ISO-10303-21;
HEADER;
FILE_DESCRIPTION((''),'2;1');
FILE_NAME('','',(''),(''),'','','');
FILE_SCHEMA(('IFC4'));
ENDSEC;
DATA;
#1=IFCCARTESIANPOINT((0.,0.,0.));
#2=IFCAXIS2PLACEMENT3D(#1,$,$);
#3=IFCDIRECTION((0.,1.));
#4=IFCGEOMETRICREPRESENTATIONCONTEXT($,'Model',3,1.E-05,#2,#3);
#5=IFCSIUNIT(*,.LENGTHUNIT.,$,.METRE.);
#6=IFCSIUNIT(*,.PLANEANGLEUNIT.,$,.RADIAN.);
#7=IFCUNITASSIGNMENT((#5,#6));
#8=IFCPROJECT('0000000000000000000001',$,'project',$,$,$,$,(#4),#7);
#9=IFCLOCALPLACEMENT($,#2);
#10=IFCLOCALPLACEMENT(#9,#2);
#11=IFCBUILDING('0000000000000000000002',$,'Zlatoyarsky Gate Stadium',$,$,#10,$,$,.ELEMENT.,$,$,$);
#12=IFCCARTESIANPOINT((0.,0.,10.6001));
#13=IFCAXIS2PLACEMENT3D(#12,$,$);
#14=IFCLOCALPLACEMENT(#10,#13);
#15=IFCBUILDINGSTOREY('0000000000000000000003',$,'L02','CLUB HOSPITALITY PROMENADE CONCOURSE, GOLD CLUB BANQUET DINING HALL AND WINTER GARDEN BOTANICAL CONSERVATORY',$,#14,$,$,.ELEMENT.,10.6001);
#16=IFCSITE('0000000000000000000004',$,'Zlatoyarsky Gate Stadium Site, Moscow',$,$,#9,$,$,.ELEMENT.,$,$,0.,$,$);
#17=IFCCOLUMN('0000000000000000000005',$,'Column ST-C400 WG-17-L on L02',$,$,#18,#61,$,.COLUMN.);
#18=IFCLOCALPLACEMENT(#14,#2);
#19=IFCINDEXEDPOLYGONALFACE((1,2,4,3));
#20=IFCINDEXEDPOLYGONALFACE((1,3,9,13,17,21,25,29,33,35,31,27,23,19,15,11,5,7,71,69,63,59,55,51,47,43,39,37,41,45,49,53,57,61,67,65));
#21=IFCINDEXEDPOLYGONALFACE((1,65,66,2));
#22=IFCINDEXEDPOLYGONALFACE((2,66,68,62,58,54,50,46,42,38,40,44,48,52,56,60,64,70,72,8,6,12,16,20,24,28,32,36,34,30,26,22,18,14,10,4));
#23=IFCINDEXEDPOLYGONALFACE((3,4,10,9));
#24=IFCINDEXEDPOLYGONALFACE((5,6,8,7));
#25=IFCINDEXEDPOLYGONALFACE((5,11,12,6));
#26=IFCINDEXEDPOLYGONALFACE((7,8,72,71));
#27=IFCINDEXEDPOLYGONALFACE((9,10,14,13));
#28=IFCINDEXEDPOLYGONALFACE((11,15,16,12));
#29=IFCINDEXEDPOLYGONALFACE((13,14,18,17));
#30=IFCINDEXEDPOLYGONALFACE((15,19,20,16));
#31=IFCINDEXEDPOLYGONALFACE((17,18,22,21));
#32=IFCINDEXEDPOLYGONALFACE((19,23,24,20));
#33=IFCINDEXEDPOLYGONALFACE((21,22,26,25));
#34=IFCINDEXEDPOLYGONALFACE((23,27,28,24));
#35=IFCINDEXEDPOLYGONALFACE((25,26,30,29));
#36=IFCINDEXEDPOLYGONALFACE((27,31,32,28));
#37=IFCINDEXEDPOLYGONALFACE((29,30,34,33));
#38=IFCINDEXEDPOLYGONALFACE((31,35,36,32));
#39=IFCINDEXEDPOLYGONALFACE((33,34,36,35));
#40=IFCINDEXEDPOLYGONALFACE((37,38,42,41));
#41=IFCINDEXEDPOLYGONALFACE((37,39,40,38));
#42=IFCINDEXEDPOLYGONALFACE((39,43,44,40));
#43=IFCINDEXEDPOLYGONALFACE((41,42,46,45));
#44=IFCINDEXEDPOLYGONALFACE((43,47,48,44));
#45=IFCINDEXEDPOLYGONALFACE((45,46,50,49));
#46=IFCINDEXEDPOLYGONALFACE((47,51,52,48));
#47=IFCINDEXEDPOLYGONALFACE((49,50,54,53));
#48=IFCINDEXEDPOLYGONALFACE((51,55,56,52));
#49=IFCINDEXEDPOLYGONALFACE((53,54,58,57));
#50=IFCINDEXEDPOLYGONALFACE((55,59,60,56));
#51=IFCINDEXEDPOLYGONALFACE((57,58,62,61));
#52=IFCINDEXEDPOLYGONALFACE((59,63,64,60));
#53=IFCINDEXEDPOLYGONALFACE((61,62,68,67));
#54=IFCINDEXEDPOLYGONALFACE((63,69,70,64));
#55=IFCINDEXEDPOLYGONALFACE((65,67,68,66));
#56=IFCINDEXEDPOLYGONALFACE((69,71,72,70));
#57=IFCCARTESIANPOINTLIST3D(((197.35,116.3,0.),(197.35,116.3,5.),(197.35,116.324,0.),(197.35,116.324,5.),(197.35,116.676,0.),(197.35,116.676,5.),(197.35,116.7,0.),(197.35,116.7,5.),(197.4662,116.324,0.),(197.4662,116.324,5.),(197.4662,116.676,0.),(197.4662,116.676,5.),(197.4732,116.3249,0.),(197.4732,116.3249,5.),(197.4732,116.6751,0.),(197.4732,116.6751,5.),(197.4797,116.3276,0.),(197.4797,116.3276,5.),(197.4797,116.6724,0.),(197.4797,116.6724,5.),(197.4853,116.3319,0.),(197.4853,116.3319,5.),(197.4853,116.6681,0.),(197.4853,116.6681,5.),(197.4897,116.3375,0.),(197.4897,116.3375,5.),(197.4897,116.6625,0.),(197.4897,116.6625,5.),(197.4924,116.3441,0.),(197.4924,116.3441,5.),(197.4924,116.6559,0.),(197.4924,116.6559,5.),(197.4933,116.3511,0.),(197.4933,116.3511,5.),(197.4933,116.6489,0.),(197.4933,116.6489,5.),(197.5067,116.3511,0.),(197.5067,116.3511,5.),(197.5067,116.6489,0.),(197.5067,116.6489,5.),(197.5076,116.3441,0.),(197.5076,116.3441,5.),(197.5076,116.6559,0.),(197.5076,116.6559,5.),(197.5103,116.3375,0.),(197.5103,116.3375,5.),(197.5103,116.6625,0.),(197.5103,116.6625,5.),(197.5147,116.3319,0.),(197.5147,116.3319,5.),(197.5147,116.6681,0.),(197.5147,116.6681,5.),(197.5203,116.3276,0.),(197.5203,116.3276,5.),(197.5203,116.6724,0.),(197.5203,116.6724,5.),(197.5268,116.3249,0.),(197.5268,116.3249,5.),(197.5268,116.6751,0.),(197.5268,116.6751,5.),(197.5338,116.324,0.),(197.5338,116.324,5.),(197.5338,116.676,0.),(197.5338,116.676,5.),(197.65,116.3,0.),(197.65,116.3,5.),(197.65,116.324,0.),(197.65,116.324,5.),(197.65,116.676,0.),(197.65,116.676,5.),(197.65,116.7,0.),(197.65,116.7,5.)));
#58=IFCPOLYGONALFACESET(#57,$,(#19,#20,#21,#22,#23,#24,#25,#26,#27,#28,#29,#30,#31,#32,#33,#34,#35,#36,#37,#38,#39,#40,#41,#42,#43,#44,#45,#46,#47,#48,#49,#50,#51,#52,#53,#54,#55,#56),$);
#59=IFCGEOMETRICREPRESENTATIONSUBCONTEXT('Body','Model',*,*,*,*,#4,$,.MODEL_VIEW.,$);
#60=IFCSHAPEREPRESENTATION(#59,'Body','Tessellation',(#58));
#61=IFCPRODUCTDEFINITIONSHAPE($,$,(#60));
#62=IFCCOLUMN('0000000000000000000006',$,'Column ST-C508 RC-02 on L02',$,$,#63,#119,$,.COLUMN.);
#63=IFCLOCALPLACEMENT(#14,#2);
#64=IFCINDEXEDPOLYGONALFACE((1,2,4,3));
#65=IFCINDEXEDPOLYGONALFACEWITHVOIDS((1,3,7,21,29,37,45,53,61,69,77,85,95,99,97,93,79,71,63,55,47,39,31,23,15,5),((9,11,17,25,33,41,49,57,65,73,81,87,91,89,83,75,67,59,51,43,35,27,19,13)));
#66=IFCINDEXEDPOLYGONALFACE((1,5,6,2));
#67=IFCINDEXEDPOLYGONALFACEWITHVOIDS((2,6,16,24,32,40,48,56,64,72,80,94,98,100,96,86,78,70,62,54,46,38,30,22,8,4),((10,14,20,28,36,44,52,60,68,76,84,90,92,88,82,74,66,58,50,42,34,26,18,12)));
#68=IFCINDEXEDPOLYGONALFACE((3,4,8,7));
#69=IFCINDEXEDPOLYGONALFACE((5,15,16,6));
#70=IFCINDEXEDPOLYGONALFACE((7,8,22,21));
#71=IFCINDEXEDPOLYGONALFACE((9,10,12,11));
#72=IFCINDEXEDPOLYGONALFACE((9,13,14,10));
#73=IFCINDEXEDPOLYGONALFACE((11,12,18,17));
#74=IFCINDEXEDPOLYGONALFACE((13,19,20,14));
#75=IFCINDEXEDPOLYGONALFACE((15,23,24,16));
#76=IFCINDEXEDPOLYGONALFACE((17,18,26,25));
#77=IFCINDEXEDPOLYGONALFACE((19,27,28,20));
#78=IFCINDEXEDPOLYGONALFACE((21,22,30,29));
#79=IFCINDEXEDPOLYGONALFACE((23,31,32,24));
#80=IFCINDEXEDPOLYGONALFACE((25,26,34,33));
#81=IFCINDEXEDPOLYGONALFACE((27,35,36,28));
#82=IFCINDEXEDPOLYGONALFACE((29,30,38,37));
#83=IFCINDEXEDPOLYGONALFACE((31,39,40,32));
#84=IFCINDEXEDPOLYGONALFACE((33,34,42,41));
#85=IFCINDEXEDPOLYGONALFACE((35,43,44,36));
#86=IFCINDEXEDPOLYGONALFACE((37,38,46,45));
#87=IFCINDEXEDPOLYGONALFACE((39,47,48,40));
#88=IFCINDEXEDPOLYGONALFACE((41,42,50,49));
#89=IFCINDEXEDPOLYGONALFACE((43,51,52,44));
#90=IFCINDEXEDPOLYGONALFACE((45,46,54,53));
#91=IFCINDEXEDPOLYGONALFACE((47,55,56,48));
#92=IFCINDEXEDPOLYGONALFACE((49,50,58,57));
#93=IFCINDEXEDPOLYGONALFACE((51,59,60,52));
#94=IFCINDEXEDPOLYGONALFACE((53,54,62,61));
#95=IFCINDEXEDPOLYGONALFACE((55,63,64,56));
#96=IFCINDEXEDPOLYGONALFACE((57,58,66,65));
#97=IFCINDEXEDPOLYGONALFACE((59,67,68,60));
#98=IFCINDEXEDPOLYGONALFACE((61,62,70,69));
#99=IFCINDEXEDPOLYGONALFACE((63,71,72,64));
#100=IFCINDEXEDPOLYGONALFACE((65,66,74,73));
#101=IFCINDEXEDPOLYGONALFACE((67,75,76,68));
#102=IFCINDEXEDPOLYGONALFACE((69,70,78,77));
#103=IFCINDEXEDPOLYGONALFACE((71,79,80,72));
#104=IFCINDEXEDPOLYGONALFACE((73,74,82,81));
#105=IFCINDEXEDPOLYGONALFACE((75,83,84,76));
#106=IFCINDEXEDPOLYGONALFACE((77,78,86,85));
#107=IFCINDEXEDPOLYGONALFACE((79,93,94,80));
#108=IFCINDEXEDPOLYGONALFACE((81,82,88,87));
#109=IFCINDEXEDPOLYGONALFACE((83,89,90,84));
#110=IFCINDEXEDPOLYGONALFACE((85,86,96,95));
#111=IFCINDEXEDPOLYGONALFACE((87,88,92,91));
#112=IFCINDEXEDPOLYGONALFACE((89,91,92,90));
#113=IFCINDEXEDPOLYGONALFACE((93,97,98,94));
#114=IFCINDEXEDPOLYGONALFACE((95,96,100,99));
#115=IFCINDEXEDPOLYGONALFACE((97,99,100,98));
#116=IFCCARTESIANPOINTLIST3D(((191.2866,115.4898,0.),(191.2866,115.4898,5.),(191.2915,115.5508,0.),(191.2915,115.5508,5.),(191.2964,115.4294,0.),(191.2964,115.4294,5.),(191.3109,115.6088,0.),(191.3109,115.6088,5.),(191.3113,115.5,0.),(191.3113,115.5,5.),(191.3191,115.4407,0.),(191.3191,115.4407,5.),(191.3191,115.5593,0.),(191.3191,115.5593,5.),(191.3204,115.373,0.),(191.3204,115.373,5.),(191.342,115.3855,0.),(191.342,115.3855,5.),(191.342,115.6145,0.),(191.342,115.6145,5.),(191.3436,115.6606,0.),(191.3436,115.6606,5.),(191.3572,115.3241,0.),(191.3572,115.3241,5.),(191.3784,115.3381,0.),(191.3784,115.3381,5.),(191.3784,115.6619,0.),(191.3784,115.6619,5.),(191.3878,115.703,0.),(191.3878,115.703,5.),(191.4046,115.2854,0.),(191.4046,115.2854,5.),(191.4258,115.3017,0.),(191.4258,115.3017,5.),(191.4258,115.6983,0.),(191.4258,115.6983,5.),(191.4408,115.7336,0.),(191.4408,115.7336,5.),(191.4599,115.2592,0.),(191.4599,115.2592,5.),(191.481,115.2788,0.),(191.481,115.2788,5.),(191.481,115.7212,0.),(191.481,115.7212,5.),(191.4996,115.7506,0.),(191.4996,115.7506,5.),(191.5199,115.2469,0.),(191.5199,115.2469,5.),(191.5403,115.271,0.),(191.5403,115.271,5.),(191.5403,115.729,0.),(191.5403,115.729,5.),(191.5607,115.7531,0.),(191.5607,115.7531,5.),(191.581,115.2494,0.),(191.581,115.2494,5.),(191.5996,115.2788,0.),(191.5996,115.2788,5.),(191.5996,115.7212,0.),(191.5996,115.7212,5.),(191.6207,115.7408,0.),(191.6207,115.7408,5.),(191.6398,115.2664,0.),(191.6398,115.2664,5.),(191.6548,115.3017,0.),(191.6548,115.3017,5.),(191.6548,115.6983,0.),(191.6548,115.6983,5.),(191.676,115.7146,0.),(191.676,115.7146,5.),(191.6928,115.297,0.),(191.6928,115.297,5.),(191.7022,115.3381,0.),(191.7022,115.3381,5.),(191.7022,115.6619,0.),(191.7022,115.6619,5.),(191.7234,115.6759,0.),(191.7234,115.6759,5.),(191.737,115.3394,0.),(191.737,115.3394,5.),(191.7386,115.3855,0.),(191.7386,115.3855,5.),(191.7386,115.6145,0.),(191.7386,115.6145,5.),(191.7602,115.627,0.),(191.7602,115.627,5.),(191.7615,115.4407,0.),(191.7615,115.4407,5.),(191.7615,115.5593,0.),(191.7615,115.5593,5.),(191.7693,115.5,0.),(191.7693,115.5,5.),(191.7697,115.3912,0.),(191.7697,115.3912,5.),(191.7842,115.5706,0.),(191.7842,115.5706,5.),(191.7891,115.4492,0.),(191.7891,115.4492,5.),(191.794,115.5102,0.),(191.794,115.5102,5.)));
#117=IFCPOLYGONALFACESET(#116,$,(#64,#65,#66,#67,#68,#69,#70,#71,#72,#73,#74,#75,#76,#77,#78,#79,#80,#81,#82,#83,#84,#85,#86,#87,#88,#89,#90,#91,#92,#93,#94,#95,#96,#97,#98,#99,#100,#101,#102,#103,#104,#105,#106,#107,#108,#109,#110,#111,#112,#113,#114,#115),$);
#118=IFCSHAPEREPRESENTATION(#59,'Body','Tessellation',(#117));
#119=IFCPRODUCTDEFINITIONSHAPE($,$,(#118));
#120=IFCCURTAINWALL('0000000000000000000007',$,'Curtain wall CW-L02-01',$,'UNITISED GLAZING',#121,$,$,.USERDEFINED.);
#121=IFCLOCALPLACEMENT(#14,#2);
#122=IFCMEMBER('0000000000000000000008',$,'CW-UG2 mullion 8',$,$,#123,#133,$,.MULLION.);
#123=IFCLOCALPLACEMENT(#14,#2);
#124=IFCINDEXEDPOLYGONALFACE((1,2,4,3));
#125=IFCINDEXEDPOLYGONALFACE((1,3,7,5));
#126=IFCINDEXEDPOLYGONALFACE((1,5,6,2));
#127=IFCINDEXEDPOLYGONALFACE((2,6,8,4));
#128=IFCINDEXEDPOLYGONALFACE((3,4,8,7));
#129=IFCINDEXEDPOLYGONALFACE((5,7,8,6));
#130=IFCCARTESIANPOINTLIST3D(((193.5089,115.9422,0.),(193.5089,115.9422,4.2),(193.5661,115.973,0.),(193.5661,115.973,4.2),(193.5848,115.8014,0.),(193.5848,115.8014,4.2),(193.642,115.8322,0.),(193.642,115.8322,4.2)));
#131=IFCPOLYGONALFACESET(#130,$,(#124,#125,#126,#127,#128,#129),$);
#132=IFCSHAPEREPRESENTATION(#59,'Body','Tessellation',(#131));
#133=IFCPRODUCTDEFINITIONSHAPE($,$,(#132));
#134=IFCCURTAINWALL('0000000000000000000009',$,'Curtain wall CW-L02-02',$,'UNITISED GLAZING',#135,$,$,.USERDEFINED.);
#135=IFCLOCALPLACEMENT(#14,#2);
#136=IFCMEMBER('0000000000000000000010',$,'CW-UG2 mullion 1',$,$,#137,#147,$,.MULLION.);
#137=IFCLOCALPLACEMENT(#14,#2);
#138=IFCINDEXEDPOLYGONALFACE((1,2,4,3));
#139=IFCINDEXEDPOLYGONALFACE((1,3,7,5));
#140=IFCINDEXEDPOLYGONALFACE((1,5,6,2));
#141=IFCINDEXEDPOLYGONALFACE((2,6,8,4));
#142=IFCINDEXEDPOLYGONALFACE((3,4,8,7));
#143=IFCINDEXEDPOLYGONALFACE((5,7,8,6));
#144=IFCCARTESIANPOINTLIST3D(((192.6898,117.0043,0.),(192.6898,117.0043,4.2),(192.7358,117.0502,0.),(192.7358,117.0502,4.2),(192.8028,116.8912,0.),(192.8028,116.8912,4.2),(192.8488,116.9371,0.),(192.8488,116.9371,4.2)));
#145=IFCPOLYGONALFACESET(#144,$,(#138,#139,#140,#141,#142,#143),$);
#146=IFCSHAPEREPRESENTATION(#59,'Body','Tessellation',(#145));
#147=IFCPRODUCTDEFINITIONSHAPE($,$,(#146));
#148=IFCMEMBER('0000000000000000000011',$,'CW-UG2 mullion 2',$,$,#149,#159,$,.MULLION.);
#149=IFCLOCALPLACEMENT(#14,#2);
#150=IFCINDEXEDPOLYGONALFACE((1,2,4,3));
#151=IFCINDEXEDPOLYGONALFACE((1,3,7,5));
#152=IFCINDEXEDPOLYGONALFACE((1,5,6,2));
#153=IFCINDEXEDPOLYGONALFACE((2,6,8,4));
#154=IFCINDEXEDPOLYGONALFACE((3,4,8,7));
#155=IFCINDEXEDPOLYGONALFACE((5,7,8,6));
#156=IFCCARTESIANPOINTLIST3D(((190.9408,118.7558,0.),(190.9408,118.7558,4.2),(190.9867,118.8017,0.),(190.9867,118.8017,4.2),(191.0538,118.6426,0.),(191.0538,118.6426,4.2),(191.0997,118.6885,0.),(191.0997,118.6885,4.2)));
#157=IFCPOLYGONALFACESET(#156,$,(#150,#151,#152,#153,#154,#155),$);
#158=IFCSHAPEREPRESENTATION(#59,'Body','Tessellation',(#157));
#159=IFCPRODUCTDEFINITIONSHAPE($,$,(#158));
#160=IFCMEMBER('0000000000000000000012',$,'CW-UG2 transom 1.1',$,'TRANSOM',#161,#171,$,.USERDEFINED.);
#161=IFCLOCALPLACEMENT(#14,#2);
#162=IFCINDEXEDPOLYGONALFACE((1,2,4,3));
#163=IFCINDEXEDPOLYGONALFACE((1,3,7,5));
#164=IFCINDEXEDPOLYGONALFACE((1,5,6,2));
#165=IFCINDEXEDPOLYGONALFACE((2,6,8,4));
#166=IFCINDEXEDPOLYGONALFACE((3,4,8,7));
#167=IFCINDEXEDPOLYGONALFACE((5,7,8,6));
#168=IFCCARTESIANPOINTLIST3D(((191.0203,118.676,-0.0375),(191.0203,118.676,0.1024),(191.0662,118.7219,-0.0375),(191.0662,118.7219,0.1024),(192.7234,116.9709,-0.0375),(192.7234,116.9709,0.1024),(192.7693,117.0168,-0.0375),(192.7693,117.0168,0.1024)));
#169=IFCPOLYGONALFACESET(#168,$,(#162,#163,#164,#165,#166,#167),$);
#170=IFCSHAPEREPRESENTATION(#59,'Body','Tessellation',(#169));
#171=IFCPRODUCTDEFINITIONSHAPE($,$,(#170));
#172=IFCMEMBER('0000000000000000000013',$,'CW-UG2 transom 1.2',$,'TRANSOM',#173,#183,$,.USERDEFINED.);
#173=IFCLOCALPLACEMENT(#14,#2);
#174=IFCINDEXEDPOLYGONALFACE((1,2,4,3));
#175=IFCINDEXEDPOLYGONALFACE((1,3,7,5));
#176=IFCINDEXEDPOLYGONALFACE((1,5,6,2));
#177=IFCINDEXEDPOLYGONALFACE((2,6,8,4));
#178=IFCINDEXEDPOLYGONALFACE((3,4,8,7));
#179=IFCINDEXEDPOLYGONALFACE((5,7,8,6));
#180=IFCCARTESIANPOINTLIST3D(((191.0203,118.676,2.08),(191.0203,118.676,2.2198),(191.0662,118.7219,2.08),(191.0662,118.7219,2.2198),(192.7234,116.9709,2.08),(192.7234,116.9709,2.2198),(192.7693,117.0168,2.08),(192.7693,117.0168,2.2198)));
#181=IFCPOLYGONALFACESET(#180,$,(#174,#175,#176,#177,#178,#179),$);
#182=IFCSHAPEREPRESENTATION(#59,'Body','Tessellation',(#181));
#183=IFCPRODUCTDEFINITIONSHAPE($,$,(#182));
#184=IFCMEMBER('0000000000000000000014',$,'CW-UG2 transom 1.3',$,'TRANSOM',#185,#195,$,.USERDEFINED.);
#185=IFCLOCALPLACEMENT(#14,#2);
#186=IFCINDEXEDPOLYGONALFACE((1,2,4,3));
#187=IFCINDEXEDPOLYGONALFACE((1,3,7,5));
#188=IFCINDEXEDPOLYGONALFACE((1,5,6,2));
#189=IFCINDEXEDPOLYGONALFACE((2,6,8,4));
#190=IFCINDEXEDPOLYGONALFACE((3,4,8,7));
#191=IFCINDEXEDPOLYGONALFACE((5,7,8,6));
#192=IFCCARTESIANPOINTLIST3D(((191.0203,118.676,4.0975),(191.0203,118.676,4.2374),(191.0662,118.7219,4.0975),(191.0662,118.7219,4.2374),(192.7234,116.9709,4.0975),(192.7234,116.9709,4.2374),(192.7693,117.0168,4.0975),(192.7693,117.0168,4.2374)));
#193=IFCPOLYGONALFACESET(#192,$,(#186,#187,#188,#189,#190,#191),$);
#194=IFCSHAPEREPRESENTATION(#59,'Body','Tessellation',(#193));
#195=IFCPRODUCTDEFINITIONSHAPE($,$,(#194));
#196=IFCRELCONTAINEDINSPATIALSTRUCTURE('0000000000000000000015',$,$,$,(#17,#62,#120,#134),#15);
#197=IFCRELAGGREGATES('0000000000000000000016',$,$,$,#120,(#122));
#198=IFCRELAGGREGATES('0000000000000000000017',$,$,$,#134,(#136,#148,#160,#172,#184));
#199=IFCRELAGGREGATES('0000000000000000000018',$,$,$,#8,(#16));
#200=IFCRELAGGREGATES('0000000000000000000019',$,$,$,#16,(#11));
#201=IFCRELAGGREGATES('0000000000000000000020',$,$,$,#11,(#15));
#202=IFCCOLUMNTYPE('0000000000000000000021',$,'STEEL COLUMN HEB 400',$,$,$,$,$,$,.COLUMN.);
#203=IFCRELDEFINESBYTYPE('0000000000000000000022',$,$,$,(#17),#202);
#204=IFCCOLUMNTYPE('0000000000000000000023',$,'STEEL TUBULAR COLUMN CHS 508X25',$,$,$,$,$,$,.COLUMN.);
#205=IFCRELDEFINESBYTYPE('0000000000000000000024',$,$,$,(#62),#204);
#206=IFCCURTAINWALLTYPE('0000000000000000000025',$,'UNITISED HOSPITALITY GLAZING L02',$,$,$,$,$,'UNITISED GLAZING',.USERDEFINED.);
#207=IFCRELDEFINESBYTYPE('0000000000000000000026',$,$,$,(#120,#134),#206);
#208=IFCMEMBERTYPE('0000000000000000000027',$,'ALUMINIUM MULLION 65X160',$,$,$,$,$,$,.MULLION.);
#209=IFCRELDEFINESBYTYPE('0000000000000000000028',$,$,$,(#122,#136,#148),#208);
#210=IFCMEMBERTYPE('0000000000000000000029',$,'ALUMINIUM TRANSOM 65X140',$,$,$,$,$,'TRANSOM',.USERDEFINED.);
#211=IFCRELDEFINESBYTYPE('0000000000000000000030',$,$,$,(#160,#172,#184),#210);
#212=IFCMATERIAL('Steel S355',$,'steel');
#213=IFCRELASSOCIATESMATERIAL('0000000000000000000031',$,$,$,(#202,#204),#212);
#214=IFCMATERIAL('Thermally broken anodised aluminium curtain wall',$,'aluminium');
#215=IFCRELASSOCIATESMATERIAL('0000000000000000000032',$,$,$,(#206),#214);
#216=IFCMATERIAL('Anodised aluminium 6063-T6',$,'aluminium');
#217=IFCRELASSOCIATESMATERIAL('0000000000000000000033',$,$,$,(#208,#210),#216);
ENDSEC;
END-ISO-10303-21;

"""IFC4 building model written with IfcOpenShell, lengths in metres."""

from ifc_helpers import new_model, si_unit, direction, frame, origin, origin_2d, place, context, subcontext, project, spatial, rectangle, hollow_circle, i_section, extrude, material, material_profile, profile_set, type_object, element, aggregate, save


model = new_model("IFC4")

# Units and contexts
model_context = context("Model", 3, precision=1e-05, world=origin(), true_north=direction((0.0, 1.0)))
body_context = subcontext(model_context, "Body", "Model", "MODEL_VIEW")
ifc_project = project(units=[si_unit("LENGTHUNIT", "METRE"), si_unit("PLANEANGLEUNIT", "RADIAN")], contexts=[model_context])

# Site, building, storey
site_placement = place(None, origin())
site = spatial("IfcSite", under=ifc_project, at=site_placement, Name="Zlatoyarsky Gate Stadium Site, Moscow", CompositionType="ELEMENT", RefElevation=0.0)
building_placement = place(site_placement, origin())
building = spatial("IfcBuilding", under=site, at=building_placement, Name="Zlatoyarsky Gate Stadium", CompositionType="ELEMENT")
storey_placement = place(building_placement, frame((0.0, 0.0, 10.6001)))
storey = spatial("IfcBuildingStorey", under=building, at=storey_placement, Name="L02", Description="CLUB HOSPITALITY PROMENADE CONCOURSE, GOLD CLUB BANQUET DINING HALL AND WINTER GARDEN BOTANICAL CONSERVATORY", CompositionType="ELEMENT", Elevation=10.6001)

# Columns
ifc_material_1 = material(Name="Steel S355", Category="steel")
ifc_material_profile_1 = material_profile(ifc_material_1, i_section(OverallWidth=0.3, OverallDepth=0.3999, WebThickness=0.0134, FlangeThickness=0.0239, FilletRadius=0.0271, at=origin_2d()), Name="HEB 400")
ifc_profile_set_1 = profile_set([ifc_material_profile_1], Name="Steel S355")
column_type_1 = type_object("IfcColumnType", Name="STEEL COLUMN HEB 400", PredefinedType="COLUMN", material=ifc_profile_set_1)
column_1_placement = place(storey_placement, frame((197.5, 116.5, 0.0), z_axis=(0.0, 0.0, 1.0), x_axis=(1.0, 0.0, 0.0)))
element("IfcColumn", 1, at=column_1_placement, inside=storey, type_object=column_type_1, Name="Column ST-C400 WG-17-L on L02", PredefinedType="COLUMN", context=body_context, shape_type="SweptSolid", body=[
    extrude(i_section(OverallWidth=0.3, OverallDepth=0.3999, WebThickness=0.0134, FlangeThickness=0.0239, FilletRadius=0.0271, at=origin_2d()), origin(), (0.0, 0.0, 1.0), 5.0),
])
ifc_material_profile_2 = material_profile(ifc_material_1, hollow_circle(Radius=0.2539, WallThickness=0.0249, at=origin_2d()), Name="CHS 508X25")
ifc_profile_set_2 = profile_set([ifc_material_profile_2], Name="Steel S355")
column_type_2 = type_object("IfcColumnType", Name="STEEL TUBULAR COLUMN CHS 508X25", PredefinedType="COLUMN", material=ifc_profile_set_2)
column_2_placement = place(storey_placement, frame((191.5403, 115.5, 0.0), z_axis=(0.0, 0.0, 1.0), x_axis=(0.866025, 0.5, 0.0)))
element("IfcColumn", 2, at=column_2_placement, inside=storey, type_object=column_type_2, Name="Column ST-C508 RC-02 on L02", PredefinedType="COLUMN", context=body_context, shape_type="SweptSolid", body=[
    extrude(hollow_circle(Radius=0.2539, WallThickness=0.0249, at=origin_2d()), origin(), (0.0, 0.0, 1.0), 5.0),
])

# Curtain wall, member
ifc_material_2 = material(Name="Thermally broken anodised aluminium curtain wall", Category="aluminium")
curtain_wall_type = type_object("IfcCurtainWallType", Name="UNITISED HOSPITALITY GLAZING L02", ElementType="UNITISED GLAZING", PredefinedType="USERDEFINED", material=ifc_material_2)
curtain_wall_1_placement = place(storey_placement, origin())
curtain_wall_1 = element("IfcCurtainWall", 3, at=curtain_wall_1_placement, inside=storey, type_object=curtain_wall_type, Name="Curtain wall CW-L02-01", ObjectType="UNITISED GLAZING", PredefinedType="USERDEFINED")
ifc_material_3 = material(Name="Anodised aluminium 6063-T6", Category="aluminium")
ifc_material_profile_3 = material_profile(ifc_material_3, rectangle(XDim=0.0649, YDim=0.1599, at=origin_2d()), Name="ALU 65X160")
ifc_profile_set_3 = profile_set([ifc_material_profile_3], Name="Anodised aluminium 6063-T6")
member_type_1 = type_object("IfcMemberType", Name="ALUMINIUM MULLION 65X160", PredefinedType="MULLION", material=ifc_profile_set_3)
member_1_placement = place(storey_placement, frame((193.5754, 115.8872, 0.0), z_axis=(0.0, 0.0, 1.0), x_axis=(-0.880236, -0.474536, 0.0)))
member_1 = element("IfcMember", 4, at=member_1_placement, type_object=member_type_1, Name="CW-UG2 mullion 8", PredefinedType="MULLION", context=body_context, shape_type="SweptSolid", body=[
    extrude(rectangle(XDim=0.0649, YDim=0.1599, at=origin_2d()), origin(), (0.0, 0.0, 1.0), 4.2),
])

# Curtain wall, members
curtain_wall_2_placement = place(storey_placement, origin())
curtain_wall_2 = element("IfcCurtainWall", 5, at=curtain_wall_2_placement, inside=storey, type_object=curtain_wall_type, Name="Curtain wall CW-L02-02", ObjectType="UNITISED GLAZING", PredefinedType="USERDEFINED")
member_2_placement = place(storey_placement, frame((192.7693, 116.9707, 0.0), z_axis=(0.0, 0.0, 1.0), x_axis=(-0.707588, -0.706626, 0.0)))
member_2 = element("IfcMember", 6, at=member_2_placement, type_object=member_type_1, Name="CW-UG2 mullion 1", PredefinedType="MULLION", context=body_context, shape_type="SweptSolid", body=[
    extrude(rectangle(XDim=0.0649, YDim=0.1599, at=origin_2d()), origin(), (0.0, 0.0, 1.0), 4.2),
])
member_3_placement = place(storey_placement, frame((191.0203, 118.7222, 0.0), z_axis=(0.0, 0.0, 1.0), x_axis=(-0.707588, -0.706626, 0.0)))
member_3 = element("IfcMember", 7, at=member_3_placement, type_object=member_type_1, Name="CW-UG2 mullion 2", PredefinedType="MULLION", context=body_context, shape_type="SweptSolid", body=[
    extrude(rectangle(XDim=0.0649, YDim=0.1599, at=origin_2d()), origin(), (0.0, 0.0, 1.0), 4.2),
])
ifc_material_profile_4 = material_profile(ifc_material_3, rectangle(XDim=0.0649, YDim=0.1399, at=origin_2d()), Name="ALU 65X140")
ifc_profile_set_4 = profile_set([ifc_material_profile_4], Name="Anodised aluminium 6063-T6")
member_type_2 = type_object("IfcMemberType", Name="ALUMINIUM TRANSOM 65X140", ElementType="TRANSOM", PredefinedType="USERDEFINED", material=ifc_profile_set_4)
member_4_placement = place(storey_placement, frame((192.7463, 116.9939, 0.0325), z_axis=(-0.706701, 0.707512, 0.0), x_axis=(-0.707512, -0.706701, 0.0)))
member_4 = element("IfcMember", 8, at=member_4_placement, type_object=member_type_2, Name="CW-UG2 transom 1.1", ObjectType="TRANSOM", PredefinedType="USERDEFINED", context=body_context, shape_type="SweptSolid", body=[
    extrude(rectangle(XDim=0.0649, YDim=0.1399, at=origin_2d()), origin(), (0.0, 0.0, 1.0), 2.4099),
])
member_5_placement = place(storey_placement, frame((192.7463, 116.9939, 2.1499), z_axis=(-0.706701, 0.707512, 0.0), x_axis=(-0.707512, -0.706701, 0.0)))
member_5 = element("IfcMember", 9, at=member_5_placement, type_object=member_type_2, Name="CW-UG2 transom 1.2", ObjectType="TRANSOM", PredefinedType="USERDEFINED", context=body_context, shape_type="SweptSolid", body=[
    extrude(rectangle(XDim=0.0649, YDim=0.1399, at=origin_2d()), origin(), (0.0, 0.0, 1.0), 2.4099),
])
member_6_placement = place(storey_placement, frame((192.7463, 116.9939, 4.1675), z_axis=(-0.706701, 0.707512, 0.0), x_axis=(-0.707512, -0.706701, 0.0)))
member_6 = element("IfcMember", 10, at=member_6_placement, type_object=member_type_2, Name="CW-UG2 transom 1.3", ObjectType="TRANSOM", PredefinedType="USERDEFINED", context=body_context, shape_type="SweptSolid", body=[
    extrude(rectangle(XDim=0.0649, YDim=0.1399, at=origin_2d()), origin(), (0.0, 0.0, 1.0), 2.4099),
])

aggregate(curtain_wall_1, [member_1])
aggregate(curtain_wall_2, [member_2, member_3, member_4, member_5, member_6])

save(model, "model.ifc")
